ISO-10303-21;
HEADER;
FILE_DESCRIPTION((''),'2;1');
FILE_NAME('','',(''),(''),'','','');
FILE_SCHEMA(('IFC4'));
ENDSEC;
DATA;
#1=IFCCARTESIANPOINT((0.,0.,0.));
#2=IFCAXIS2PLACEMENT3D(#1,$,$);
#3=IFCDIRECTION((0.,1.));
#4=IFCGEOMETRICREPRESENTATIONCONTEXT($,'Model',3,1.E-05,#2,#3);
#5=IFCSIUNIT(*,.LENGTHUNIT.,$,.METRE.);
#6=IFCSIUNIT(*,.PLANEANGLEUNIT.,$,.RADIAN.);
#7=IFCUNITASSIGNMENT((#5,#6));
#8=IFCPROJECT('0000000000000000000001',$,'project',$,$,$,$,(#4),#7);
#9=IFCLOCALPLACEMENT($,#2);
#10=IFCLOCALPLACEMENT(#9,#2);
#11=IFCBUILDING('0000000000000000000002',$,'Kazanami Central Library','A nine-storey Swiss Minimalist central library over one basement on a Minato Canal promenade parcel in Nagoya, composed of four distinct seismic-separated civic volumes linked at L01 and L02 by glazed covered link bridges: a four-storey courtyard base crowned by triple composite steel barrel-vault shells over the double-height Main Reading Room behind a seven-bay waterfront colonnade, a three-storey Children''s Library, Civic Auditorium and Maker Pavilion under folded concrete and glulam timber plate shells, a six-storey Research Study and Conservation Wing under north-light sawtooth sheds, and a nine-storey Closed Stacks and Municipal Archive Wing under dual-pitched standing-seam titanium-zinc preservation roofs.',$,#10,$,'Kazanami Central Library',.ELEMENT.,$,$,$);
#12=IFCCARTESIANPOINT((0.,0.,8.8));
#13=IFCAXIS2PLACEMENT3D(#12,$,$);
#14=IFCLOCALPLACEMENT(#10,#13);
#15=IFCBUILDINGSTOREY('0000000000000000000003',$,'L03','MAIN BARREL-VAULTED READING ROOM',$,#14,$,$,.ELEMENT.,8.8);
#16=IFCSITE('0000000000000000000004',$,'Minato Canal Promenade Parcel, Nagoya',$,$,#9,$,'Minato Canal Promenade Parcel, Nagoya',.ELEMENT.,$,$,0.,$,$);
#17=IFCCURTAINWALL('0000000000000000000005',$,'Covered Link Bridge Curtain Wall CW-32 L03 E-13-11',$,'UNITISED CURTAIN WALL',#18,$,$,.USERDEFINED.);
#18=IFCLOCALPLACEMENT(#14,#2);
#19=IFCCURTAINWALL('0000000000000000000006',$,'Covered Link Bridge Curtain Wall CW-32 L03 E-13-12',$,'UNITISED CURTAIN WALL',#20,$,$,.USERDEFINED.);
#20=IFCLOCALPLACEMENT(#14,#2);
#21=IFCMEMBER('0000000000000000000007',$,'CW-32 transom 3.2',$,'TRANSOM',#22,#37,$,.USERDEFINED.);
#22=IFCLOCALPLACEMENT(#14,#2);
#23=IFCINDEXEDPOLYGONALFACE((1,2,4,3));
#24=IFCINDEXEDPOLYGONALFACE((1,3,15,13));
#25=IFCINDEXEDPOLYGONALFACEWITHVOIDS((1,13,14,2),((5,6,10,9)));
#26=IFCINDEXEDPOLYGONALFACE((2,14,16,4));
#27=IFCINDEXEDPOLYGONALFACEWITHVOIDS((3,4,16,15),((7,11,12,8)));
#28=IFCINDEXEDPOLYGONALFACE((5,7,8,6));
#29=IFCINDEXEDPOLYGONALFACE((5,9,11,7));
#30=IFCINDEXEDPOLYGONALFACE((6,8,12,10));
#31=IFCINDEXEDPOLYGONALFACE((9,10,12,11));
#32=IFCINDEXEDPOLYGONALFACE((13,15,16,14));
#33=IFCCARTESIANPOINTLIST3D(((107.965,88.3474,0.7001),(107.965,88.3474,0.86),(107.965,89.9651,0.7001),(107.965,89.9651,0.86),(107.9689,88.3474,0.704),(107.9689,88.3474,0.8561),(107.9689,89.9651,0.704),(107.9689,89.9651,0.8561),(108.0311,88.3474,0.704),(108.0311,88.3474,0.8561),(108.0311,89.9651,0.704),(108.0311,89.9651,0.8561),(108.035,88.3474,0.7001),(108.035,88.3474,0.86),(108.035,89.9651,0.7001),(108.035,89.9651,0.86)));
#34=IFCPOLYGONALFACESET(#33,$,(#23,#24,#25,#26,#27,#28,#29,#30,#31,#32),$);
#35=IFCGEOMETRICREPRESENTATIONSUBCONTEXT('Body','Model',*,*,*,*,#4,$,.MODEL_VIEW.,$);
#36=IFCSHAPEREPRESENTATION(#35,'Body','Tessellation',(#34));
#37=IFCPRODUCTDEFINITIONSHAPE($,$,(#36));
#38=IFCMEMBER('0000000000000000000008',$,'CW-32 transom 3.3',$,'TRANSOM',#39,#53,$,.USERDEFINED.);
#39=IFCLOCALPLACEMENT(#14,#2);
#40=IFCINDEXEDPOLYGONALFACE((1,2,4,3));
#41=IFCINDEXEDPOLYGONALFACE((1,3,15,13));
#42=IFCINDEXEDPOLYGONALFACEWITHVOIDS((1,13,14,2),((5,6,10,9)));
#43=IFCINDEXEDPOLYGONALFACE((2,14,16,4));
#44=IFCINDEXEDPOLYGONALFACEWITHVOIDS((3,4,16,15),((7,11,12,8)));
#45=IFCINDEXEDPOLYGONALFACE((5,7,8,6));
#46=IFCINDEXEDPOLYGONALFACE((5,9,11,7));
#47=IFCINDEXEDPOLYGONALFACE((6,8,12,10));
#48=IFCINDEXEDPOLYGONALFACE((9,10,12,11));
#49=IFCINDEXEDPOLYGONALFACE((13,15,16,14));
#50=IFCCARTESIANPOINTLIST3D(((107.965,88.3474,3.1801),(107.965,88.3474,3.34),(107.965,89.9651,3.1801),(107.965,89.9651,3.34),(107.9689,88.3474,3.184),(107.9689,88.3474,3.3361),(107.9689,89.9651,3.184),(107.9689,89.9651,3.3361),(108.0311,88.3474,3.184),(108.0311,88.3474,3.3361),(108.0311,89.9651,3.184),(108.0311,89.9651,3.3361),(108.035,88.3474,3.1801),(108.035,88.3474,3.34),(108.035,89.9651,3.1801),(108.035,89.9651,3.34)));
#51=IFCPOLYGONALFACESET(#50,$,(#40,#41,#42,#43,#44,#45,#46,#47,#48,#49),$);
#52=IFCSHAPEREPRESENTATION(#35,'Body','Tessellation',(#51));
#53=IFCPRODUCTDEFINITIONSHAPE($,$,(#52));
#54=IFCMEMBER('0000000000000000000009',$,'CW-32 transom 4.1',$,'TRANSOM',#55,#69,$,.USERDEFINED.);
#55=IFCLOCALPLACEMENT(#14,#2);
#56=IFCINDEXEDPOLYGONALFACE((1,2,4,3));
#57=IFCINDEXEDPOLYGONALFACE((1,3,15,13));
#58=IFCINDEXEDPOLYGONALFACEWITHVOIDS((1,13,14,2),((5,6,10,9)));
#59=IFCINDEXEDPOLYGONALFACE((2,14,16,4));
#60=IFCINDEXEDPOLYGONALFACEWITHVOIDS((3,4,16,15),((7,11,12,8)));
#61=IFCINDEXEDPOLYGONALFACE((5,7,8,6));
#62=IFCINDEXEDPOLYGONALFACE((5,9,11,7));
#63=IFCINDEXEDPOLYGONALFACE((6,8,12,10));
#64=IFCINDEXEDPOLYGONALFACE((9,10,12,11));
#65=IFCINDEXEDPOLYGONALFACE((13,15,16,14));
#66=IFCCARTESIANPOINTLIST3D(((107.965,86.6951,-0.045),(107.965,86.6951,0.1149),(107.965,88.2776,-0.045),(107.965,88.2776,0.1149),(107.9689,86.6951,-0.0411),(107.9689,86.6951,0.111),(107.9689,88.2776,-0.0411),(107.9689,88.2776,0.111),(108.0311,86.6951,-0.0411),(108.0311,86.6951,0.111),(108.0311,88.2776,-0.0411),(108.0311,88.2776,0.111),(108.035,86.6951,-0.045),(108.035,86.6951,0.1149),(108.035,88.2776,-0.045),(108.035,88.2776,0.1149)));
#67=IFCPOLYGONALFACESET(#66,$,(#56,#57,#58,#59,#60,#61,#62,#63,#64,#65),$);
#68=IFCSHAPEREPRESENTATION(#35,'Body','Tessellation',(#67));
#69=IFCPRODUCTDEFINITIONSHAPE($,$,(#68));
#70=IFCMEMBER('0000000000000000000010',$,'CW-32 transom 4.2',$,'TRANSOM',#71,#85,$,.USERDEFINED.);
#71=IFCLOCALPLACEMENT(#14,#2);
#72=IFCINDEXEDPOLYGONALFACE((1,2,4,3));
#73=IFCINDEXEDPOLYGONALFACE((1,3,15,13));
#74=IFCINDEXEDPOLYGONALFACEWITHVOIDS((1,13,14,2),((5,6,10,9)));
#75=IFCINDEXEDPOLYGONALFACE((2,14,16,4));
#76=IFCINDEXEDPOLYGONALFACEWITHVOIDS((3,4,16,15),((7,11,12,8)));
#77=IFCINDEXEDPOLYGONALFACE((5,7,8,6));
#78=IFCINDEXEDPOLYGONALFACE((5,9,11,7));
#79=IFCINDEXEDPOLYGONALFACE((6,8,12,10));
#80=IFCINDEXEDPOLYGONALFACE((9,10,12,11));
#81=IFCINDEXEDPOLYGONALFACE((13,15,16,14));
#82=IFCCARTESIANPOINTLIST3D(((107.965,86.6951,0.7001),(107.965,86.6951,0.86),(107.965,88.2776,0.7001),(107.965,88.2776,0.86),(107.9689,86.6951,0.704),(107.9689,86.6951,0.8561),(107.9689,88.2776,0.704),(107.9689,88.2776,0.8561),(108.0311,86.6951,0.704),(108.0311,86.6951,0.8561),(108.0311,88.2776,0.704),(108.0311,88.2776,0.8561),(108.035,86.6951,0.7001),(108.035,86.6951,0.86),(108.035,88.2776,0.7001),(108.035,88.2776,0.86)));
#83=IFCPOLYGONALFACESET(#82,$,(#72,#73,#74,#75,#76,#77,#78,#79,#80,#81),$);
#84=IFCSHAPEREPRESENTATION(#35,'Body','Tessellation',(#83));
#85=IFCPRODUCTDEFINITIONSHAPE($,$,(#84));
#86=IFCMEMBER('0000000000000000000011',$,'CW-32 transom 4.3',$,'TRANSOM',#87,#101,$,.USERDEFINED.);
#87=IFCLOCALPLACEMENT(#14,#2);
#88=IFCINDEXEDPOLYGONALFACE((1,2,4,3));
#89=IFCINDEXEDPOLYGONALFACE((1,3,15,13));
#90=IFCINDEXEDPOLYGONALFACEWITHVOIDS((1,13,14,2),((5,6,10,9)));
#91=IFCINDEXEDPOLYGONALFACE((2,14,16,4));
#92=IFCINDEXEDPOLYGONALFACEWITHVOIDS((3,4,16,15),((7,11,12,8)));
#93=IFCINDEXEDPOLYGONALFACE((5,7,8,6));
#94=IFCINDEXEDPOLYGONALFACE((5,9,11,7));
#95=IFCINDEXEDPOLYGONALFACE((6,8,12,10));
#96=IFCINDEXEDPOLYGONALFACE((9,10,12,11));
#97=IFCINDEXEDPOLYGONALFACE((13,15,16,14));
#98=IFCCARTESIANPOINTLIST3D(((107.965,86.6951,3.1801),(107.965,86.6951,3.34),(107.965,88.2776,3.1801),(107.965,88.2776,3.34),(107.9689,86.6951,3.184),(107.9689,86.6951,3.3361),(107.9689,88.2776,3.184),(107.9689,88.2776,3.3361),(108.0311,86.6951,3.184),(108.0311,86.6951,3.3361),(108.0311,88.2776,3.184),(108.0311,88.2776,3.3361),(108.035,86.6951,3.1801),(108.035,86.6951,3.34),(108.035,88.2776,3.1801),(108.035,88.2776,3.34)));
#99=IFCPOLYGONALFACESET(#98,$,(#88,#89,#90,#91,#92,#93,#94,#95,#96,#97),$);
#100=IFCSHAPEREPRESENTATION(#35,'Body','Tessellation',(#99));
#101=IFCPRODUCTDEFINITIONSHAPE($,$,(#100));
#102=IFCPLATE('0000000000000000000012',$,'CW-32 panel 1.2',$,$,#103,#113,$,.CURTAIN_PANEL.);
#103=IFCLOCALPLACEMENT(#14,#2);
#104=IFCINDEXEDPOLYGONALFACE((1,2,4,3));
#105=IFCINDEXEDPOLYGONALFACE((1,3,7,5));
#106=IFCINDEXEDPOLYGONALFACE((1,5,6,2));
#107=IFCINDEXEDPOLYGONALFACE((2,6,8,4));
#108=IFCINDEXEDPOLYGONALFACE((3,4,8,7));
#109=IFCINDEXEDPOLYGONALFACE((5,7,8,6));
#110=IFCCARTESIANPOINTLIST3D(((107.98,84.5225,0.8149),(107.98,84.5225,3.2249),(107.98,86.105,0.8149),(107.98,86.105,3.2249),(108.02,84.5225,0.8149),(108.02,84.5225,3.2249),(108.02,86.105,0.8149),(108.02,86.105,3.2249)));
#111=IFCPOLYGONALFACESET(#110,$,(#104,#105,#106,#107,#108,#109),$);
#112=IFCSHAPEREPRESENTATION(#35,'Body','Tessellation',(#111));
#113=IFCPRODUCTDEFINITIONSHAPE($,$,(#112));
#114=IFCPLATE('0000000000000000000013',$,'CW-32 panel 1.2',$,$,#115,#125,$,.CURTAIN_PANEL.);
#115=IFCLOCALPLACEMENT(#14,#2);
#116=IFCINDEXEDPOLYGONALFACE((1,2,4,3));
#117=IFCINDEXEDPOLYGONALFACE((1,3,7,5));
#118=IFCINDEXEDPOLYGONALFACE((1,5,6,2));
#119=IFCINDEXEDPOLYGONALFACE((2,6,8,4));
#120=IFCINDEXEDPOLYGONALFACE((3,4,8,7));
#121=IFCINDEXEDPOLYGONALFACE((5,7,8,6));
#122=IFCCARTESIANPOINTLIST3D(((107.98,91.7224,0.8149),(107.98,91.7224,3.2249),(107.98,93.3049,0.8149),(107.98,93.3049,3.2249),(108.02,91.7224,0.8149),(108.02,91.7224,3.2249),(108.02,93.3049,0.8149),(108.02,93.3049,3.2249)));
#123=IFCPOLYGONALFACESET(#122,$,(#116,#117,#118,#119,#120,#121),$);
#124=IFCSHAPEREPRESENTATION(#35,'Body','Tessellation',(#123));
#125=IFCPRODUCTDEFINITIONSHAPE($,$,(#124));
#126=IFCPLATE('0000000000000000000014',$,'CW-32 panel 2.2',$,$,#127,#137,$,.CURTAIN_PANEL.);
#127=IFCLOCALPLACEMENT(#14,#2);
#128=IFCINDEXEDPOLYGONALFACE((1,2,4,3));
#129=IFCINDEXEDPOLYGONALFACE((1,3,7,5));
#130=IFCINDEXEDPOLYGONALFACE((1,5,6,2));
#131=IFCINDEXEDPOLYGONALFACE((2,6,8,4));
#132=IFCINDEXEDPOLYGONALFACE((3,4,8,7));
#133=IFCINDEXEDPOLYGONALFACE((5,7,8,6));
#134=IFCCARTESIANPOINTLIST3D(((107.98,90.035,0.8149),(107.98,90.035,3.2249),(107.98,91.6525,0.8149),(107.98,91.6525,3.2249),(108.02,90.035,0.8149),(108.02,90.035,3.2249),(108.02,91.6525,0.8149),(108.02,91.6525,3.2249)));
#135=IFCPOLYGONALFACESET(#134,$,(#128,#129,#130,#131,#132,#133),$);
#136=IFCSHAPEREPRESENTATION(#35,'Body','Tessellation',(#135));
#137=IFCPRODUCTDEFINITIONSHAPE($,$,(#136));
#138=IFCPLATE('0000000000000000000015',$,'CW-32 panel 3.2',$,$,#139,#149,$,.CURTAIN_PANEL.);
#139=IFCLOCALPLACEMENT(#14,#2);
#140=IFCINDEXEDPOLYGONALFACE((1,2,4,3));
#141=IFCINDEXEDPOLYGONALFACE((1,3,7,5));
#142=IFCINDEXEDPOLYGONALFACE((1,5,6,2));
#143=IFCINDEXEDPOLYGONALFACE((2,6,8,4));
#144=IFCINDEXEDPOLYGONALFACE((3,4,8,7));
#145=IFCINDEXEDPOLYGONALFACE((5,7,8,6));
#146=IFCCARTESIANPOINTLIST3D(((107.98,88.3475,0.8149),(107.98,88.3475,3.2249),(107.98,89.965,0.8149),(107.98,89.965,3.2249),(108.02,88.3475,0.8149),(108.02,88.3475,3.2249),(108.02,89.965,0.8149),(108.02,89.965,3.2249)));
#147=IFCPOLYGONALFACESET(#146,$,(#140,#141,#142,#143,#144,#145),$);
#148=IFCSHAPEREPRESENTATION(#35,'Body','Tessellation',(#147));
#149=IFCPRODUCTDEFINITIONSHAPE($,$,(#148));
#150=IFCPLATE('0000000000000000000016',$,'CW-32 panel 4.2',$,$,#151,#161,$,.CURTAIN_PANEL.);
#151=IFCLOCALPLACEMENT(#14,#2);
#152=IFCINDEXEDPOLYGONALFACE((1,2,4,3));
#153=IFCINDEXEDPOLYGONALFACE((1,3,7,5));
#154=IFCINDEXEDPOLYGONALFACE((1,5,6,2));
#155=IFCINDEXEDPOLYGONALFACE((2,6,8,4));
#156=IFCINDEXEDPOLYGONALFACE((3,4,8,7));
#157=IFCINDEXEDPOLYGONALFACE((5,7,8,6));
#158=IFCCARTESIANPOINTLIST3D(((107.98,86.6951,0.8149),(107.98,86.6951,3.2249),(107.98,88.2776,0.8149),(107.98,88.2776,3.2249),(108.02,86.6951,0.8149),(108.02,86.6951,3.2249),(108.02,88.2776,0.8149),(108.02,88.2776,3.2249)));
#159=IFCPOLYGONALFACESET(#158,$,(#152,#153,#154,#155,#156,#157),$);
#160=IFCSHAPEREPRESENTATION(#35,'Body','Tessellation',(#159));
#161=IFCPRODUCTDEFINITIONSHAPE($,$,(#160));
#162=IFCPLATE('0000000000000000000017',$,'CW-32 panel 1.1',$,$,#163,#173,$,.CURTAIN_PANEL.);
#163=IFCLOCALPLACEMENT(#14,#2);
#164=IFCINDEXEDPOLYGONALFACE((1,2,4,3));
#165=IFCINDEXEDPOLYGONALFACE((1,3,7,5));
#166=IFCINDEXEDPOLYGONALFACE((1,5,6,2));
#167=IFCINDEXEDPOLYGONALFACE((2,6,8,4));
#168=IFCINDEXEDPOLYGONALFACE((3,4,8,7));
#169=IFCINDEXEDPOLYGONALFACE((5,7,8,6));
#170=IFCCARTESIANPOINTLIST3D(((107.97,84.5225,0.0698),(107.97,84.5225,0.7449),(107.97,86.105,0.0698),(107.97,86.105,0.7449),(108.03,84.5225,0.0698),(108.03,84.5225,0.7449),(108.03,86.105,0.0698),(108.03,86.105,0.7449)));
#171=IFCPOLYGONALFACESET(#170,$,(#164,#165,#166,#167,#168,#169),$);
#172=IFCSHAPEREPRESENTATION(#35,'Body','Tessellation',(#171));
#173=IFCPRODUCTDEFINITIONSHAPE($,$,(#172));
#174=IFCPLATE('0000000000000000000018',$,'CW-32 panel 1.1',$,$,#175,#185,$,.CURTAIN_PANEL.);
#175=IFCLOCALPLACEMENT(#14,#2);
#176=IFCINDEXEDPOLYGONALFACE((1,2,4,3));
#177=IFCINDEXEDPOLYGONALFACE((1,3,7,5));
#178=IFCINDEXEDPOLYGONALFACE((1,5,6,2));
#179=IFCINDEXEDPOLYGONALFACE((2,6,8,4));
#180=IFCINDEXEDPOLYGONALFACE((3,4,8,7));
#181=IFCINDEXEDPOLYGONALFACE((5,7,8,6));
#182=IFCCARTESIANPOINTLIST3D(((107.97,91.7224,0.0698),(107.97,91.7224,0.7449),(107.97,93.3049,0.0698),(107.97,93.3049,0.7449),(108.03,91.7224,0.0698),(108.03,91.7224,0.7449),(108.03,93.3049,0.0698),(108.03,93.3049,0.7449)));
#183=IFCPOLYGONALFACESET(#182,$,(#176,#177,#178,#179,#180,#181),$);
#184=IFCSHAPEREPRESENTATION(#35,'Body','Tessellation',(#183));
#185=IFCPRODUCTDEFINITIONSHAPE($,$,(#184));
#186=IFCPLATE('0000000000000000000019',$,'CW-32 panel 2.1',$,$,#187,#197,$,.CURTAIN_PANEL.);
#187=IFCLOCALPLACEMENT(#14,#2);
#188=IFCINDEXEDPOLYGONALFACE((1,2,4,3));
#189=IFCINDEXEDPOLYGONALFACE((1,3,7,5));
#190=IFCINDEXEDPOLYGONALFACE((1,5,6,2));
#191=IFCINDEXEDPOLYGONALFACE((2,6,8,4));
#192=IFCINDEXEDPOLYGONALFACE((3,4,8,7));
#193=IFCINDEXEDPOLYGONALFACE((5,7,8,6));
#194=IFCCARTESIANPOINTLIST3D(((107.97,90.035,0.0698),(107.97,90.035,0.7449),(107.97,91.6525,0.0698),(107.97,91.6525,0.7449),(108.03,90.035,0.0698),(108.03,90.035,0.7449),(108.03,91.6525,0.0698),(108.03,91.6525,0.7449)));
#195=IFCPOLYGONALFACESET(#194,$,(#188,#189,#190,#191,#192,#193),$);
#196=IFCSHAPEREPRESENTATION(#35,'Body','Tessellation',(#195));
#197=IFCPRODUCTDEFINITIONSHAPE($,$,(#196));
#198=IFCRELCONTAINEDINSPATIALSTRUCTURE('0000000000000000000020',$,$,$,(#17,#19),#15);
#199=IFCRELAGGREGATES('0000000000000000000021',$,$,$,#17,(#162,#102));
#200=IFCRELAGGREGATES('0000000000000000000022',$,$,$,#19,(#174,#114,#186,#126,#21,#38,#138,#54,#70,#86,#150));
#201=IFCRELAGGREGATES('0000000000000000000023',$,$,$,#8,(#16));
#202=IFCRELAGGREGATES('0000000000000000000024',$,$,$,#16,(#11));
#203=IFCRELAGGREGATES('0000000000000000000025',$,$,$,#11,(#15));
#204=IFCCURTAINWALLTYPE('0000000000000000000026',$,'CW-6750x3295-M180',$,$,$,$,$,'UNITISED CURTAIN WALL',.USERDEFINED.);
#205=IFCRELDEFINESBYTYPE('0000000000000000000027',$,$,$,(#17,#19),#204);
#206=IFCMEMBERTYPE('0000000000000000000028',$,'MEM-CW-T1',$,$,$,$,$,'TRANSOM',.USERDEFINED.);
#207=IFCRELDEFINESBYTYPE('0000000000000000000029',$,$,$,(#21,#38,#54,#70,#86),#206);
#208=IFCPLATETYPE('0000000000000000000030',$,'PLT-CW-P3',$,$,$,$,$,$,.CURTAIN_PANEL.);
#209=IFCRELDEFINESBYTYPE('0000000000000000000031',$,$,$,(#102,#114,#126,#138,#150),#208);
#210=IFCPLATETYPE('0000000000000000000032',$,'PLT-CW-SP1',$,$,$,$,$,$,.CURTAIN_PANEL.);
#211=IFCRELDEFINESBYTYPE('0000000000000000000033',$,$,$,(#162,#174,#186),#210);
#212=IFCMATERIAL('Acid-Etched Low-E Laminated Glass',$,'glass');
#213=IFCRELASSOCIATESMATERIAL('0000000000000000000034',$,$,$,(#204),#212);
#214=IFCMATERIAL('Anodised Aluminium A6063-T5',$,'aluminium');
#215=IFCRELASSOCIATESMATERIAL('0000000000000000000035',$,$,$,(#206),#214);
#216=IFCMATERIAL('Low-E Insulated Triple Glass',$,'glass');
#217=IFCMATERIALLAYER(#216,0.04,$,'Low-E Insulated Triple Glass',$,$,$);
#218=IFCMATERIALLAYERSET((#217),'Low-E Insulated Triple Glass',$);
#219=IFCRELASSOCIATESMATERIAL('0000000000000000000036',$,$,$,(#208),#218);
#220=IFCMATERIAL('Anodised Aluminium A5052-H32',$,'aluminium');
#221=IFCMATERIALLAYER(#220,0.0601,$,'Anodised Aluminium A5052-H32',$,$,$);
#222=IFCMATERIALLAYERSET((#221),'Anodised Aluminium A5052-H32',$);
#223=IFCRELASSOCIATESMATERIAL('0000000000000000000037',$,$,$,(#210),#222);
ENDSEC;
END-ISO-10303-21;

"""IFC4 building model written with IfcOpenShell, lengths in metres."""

from ifc_helpers import new_model, si_unit, direction, frame, origin, origin_2d, place, context, subcontext, project, spatial, rectangle, hollow_rectangle, extrude, material, layer, layer_set, material_profile, profile_set, type_object, element, aggregate, save


model = new_model("IFC4")

# Units and contexts
model_context = context("Model", 3, precision=1e-05, world=origin(), true_north=direction((0.0, 1.0)))
body_context = subcontext(model_context, "Body", "Model", "MODEL_VIEW")
ifc_project = project(units=[si_unit("LENGTHUNIT", "METRE"), si_unit("PLANEANGLEUNIT", "RADIAN")], contexts=[model_context])

# Site, building, storey
site_placement = place(None, origin())
site = spatial("IfcSite", under=ifc_project, at=site_placement, Name="Minato Canal Promenade Parcel, Nagoya", LongName="Minato Canal Promenade Parcel, Nagoya", CompositionType="ELEMENT", RefElevation=0.0)
building_placement = place(site_placement, origin())
building = spatial("IfcBuilding", under=site, at=building_placement, Name="Kazanami Central Library", Description="A nine-storey Swiss Minimalist central library over one basement on a Minato Canal promenade parcel in Nagoya, composed of four distinct seismic-separated civic volumes linked at L01 and L02 by glazed covered link bridges: a four-storey courtyard base crowned by triple composite steel barrel-vault shells over the double-height Main Reading Room behind a seven-bay waterfront colonnade, a three-storey Children's Library, Civic Auditorium and Maker Pavilion under folded concrete and glulam timber plate shells, a six-storey Research Study and Conservation Wing under north-light sawtooth sheds, and a nine-storey Closed Stacks and Municipal Archive Wing under dual-pitched standing-seam titanium-zinc preservation roofs.", LongName="Kazanami Central Library", CompositionType="ELEMENT")
storey_placement = place(building_placement, frame((0.0, 0.0, 8.8)))
storey = spatial("IfcBuildingStorey", under=building, at=storey_placement, Name="L03", Description="MAIN BARREL-VAULTED READING ROOM", CompositionType="ELEMENT", Elevation=8.8)

# Curtain walls
ifc_material_1 = material(Name="Acid-Etched Low-E Laminated Glass", Category="glass")
curtain_wall_type_1 = type_object("IfcCurtainWallType", Name="CW-6750x3295-M180", ElementType="UNITISED CURTAIN WALL", PredefinedType="USERDEFINED", material=ifc_material_1)
curtain_wall_1_placement = place(storey_placement, origin())
curtain_wall_1 = element("IfcCurtainWall", 1, at=curtain_wall_1_placement, inside=storey, type_object=curtain_wall_type_1, Name="Covered Link Bridge Curtain Wall CW-32 L03 E-13-11", ObjectType="UNITISED CURTAIN WALL", PredefinedType="USERDEFINED")
ifc_material_2 = material(Name="Anodised Aluminium A6063-T5", Category="aluminium")
curtain_wall_2_placement = place(storey_placement, origin())
curtain_wall_2 = element("IfcCurtainWall", 2, at=curtain_wall_2_placement, inside=storey, type_object=curtain_wall_type_1, Name="Covered Link Bridge Curtain Wall CW-32 L03 E-13-12", ObjectType="UNITISED CURTAIN WALL", PredefinedType="USERDEFINED")

# Members
ifc_material_profile_1 = material_profile(ifc_material_2, hollow_rectangle(XDim=0.0701, YDim=0.1599, WallThickness=0.0039, at=origin_2d()), Name="ALU-TRAN-70x160x4")
ifc_profile_set_1 = profile_set([ifc_material_profile_1], Name="Anodised Aluminium A6063-T5")
member_type_1 = type_object("IfcMemberType", Name="MEM-CW-T1", ElementType="TRANSOM", PredefinedType="USERDEFINED", material=ifc_profile_set_1)
member_1_placement = place(storey_placement, frame((108.0, 89.9651, 0.78), z_axis=(0.0, -1.0, 0.0), x_axis=(1.0, 0.0, 0.0)))
member_1 = element("IfcMember", 3, at=member_1_placement, type_object=member_type_1, Name="CW-32 transom 3.2", ObjectType="TRANSOM", PredefinedType="USERDEFINED", context=body_context, shape_type="SweptSolid", body=[
    extrude(hollow_rectangle(XDim=0.0701, YDim=0.1599, WallThickness=0.0039, at=origin_2d()), origin(), (0.0, 0.0, 1.0), 1.6177),
])
member_2_placement = place(storey_placement, frame((108.0, 89.9651, 3.26), z_axis=(0.0, -1.0, 0.0), x_axis=(1.0, 0.0, 0.0)))
member_2 = element("IfcMember", 4, at=member_2_placement, type_object=member_type_1, Name="CW-32 transom 3.3", ObjectType="TRANSOM", PredefinedType="USERDEFINED", context=body_context, shape_type="SweptSolid", body=[
    extrude(hollow_rectangle(XDim=0.0701, YDim=0.1599, WallThickness=0.0039, at=origin_2d()), origin(), (0.0, 0.0, 1.0), 1.6177),
])
member_3_placement = place(storey_placement, frame((108.0, 88.2776, 0.0349), z_axis=(0.0, -1.0, 0.0), x_axis=(1.0, 0.0, 0.0)))
member_3 = element("IfcMember", 5, at=member_3_placement, type_object=member_type_1, Name="CW-32 transom 4.1", ObjectType="TRANSOM", PredefinedType="USERDEFINED", context=body_context, shape_type="SweptSolid", body=[
    extrude(hollow_rectangle(XDim=0.0701, YDim=0.1599, WallThickness=0.0039, at=origin_2d()), origin(), (0.0, 0.0, 1.0), 1.5825),
])
member_4_placement = place(storey_placement, frame((108.0, 88.2776, 0.78), z_axis=(0.0, -1.0, 0.0), x_axis=(1.0, 0.0, 0.0)))
member_4 = element("IfcMember", 6, at=member_4_placement, type_object=member_type_1, Name="CW-32 transom 4.2", ObjectType="TRANSOM", PredefinedType="USERDEFINED", context=body_context, shape_type="SweptSolid", body=[
    extrude(hollow_rectangle(XDim=0.0701, YDim=0.1599, WallThickness=0.0039, at=origin_2d()), origin(), (0.0, 0.0, 1.0), 1.5825),
])
member_5_placement = place(storey_placement, frame((108.0, 88.2776, 3.26), z_axis=(0.0, -1.0, 0.0), x_axis=(1.0, 0.0, 0.0)))
member_5 = element("IfcMember", 7, at=member_5_placement, type_object=member_type_1, Name="CW-32 transom 4.3", ObjectType="TRANSOM", PredefinedType="USERDEFINED", context=body_context, shape_type="SweptSolid", body=[
    extrude(hollow_rectangle(XDim=0.0701, YDim=0.1599, WallThickness=0.0039, at=origin_2d()), origin(), (0.0, 0.0, 1.0), 1.5825),
])

# Plates
ifc_material_3 = material(Name="Low-E Insulated Triple Glass", Category="glass")
ifc_layer_1 = layer(ifc_material_3, 0.04, Name="Low-E Insulated Triple Glass")
ifc_layer_set_1 = layer_set([ifc_layer_1], Name="Low-E Insulated Triple Glass")
plate_type_1 = type_object("IfcPlateType", Name="PLT-CW-P3", PredefinedType="CURTAIN_PANEL", material=ifc_layer_set_1)
plate_1_placement = place(storey_placement, frame((108.0, 85.3137, 0.8149), z_axis=(0.0, 0.0, 1.0), x_axis=(0.0, -1.0, 0.0)))
plate_1 = element("IfcPlate", 8, at=plate_1_placement, type_object=plate_type_1, Name="CW-32 panel 1.2", PredefinedType="CURTAIN_PANEL", context=body_context, shape_type="SweptSolid", body=[
    extrude(rectangle(XDim=1.5825, YDim=0.04, at=origin_2d()), origin(), (0.0, 0.0, 1.0), 2.4099),
])
plate_2_placement = place(storey_placement, frame((108.0, 92.5137, 0.8149), z_axis=(0.0, 0.0, 1.0), x_axis=(0.0, -1.0, 0.0)))
plate_2 = element("IfcPlate", 9, at=plate_2_placement, type_object=plate_type_1, Name="CW-32 panel 1.2", PredefinedType="CURTAIN_PANEL", context=body_context, shape_type="SweptSolid", body=[
    extrude(rectangle(XDim=1.5825, YDim=0.04, at=origin_2d()), origin(), (0.0, 0.0, 1.0), 2.4099),
])
plate_3_placement = place(storey_placement, frame((108.0, 90.8438, 0.8149), z_axis=(0.0, 0.0, 1.0), x_axis=(0.0, -1.0, 0.0)))
plate_3 = element("IfcPlate", 10, at=plate_3_placement, type_object=plate_type_1, Name="CW-32 panel 2.2", PredefinedType="CURTAIN_PANEL", context=body_context, shape_type="SweptSolid", body=[
    extrude(rectangle(XDim=1.6174, YDim=0.04, at=origin_2d()), origin(), (0.0, 0.0, 1.0), 2.4099),
])
plate_4_placement = place(storey_placement, frame((108.0, 89.1562, 0.8149), z_axis=(0.0, 0.0, 1.0), x_axis=(0.0, -1.0, 0.0)))
plate_4 = element("IfcPlate", 11, at=plate_4_placement, type_object=plate_type_1, Name="CW-32 panel 3.2", PredefinedType="CURTAIN_PANEL", context=body_context, shape_type="SweptSolid", body=[
    extrude(rectangle(XDim=1.6174, YDim=0.04, at=origin_2d()), origin(), (0.0, 0.0, 1.0), 2.4099),
])
plate_5_placement = place(storey_placement, frame((108.0, 87.4863, 0.8149), z_axis=(0.0, 0.0, 1.0), x_axis=(0.0, -1.0, 0.0)))
plate_5 = element("IfcPlate", 12, at=plate_5_placement, type_object=plate_type_1, Name="CW-32 panel 4.2", PredefinedType="CURTAIN_PANEL", context=body_context, shape_type="SweptSolid", body=[
    extrude(rectangle(XDim=1.5825, YDim=0.04, at=origin_2d()), origin(), (0.0, 0.0, 1.0), 2.4099),
])
ifc_material_4 = material(Name="Anodised Aluminium A5052-H32", Category="aluminium")
ifc_layer_2 = layer(ifc_material_4, 0.0601, Name="Anodised Aluminium A5052-H32")
ifc_layer_set_2 = layer_set([ifc_layer_2], Name="Anodised Aluminium A5052-H32")
plate_type_2 = type_object("IfcPlateType", Name="PLT-CW-SP1", PredefinedType="CURTAIN_PANEL", material=ifc_layer_set_2)
plate_6_placement = place(storey_placement, frame((108.0, 85.3137, 0.0698), z_axis=(0.0, 0.0, 1.0), x_axis=(0.0, -1.0, 0.0)))
plate_6 = element("IfcPlate", 13, at=plate_6_placement, type_object=plate_type_2, Name="CW-32 panel 1.1", PredefinedType="CURTAIN_PANEL", context=body_context, shape_type="SweptSolid", body=[
    extrude(rectangle(XDim=1.5825, YDim=0.0601, at=origin_2d()), origin(), (0.0, 0.0, 1.0), 0.675),
])
aggregate(curtain_wall_1, [plate_6, plate_1])
plate_7_placement = place(storey_placement, frame((108.0, 92.5137, 0.0698), z_axis=(0.0, 0.0, 1.0), x_axis=(0.0, -1.0, 0.0)))
plate_7 = element("IfcPlate", 14, at=plate_7_placement, type_object=plate_type_2, Name="CW-32 panel 1.1", PredefinedType="CURTAIN_PANEL", context=body_context, shape_type="SweptSolid", body=[
    extrude(rectangle(XDim=1.5825, YDim=0.0601, at=origin_2d()), origin(), (0.0, 0.0, 1.0), 0.675),
])
plate_8_placement = place(storey_placement, frame((108.0, 90.8438, 0.0698), z_axis=(0.0, 0.0, 1.0), x_axis=(0.0, -1.0, 0.0)))
plate_8 = element("IfcPlate", 15, at=plate_8_placement, type_object=plate_type_2, Name="CW-32 panel 2.1", PredefinedType="CURTAIN_PANEL", context=body_context, shape_type="SweptSolid", body=[
    extrude(rectangle(XDim=1.6174, YDim=0.0601, at=origin_2d()), origin(), (0.0, 0.0, 1.0), 0.675),
])
aggregate(curtain_wall_2, [plate_7, plate_2, plate_8, plate_3, member_1, member_2, plate_4, member_3, member_4, member_5, plate_5])

save(model, "model.ifc")
